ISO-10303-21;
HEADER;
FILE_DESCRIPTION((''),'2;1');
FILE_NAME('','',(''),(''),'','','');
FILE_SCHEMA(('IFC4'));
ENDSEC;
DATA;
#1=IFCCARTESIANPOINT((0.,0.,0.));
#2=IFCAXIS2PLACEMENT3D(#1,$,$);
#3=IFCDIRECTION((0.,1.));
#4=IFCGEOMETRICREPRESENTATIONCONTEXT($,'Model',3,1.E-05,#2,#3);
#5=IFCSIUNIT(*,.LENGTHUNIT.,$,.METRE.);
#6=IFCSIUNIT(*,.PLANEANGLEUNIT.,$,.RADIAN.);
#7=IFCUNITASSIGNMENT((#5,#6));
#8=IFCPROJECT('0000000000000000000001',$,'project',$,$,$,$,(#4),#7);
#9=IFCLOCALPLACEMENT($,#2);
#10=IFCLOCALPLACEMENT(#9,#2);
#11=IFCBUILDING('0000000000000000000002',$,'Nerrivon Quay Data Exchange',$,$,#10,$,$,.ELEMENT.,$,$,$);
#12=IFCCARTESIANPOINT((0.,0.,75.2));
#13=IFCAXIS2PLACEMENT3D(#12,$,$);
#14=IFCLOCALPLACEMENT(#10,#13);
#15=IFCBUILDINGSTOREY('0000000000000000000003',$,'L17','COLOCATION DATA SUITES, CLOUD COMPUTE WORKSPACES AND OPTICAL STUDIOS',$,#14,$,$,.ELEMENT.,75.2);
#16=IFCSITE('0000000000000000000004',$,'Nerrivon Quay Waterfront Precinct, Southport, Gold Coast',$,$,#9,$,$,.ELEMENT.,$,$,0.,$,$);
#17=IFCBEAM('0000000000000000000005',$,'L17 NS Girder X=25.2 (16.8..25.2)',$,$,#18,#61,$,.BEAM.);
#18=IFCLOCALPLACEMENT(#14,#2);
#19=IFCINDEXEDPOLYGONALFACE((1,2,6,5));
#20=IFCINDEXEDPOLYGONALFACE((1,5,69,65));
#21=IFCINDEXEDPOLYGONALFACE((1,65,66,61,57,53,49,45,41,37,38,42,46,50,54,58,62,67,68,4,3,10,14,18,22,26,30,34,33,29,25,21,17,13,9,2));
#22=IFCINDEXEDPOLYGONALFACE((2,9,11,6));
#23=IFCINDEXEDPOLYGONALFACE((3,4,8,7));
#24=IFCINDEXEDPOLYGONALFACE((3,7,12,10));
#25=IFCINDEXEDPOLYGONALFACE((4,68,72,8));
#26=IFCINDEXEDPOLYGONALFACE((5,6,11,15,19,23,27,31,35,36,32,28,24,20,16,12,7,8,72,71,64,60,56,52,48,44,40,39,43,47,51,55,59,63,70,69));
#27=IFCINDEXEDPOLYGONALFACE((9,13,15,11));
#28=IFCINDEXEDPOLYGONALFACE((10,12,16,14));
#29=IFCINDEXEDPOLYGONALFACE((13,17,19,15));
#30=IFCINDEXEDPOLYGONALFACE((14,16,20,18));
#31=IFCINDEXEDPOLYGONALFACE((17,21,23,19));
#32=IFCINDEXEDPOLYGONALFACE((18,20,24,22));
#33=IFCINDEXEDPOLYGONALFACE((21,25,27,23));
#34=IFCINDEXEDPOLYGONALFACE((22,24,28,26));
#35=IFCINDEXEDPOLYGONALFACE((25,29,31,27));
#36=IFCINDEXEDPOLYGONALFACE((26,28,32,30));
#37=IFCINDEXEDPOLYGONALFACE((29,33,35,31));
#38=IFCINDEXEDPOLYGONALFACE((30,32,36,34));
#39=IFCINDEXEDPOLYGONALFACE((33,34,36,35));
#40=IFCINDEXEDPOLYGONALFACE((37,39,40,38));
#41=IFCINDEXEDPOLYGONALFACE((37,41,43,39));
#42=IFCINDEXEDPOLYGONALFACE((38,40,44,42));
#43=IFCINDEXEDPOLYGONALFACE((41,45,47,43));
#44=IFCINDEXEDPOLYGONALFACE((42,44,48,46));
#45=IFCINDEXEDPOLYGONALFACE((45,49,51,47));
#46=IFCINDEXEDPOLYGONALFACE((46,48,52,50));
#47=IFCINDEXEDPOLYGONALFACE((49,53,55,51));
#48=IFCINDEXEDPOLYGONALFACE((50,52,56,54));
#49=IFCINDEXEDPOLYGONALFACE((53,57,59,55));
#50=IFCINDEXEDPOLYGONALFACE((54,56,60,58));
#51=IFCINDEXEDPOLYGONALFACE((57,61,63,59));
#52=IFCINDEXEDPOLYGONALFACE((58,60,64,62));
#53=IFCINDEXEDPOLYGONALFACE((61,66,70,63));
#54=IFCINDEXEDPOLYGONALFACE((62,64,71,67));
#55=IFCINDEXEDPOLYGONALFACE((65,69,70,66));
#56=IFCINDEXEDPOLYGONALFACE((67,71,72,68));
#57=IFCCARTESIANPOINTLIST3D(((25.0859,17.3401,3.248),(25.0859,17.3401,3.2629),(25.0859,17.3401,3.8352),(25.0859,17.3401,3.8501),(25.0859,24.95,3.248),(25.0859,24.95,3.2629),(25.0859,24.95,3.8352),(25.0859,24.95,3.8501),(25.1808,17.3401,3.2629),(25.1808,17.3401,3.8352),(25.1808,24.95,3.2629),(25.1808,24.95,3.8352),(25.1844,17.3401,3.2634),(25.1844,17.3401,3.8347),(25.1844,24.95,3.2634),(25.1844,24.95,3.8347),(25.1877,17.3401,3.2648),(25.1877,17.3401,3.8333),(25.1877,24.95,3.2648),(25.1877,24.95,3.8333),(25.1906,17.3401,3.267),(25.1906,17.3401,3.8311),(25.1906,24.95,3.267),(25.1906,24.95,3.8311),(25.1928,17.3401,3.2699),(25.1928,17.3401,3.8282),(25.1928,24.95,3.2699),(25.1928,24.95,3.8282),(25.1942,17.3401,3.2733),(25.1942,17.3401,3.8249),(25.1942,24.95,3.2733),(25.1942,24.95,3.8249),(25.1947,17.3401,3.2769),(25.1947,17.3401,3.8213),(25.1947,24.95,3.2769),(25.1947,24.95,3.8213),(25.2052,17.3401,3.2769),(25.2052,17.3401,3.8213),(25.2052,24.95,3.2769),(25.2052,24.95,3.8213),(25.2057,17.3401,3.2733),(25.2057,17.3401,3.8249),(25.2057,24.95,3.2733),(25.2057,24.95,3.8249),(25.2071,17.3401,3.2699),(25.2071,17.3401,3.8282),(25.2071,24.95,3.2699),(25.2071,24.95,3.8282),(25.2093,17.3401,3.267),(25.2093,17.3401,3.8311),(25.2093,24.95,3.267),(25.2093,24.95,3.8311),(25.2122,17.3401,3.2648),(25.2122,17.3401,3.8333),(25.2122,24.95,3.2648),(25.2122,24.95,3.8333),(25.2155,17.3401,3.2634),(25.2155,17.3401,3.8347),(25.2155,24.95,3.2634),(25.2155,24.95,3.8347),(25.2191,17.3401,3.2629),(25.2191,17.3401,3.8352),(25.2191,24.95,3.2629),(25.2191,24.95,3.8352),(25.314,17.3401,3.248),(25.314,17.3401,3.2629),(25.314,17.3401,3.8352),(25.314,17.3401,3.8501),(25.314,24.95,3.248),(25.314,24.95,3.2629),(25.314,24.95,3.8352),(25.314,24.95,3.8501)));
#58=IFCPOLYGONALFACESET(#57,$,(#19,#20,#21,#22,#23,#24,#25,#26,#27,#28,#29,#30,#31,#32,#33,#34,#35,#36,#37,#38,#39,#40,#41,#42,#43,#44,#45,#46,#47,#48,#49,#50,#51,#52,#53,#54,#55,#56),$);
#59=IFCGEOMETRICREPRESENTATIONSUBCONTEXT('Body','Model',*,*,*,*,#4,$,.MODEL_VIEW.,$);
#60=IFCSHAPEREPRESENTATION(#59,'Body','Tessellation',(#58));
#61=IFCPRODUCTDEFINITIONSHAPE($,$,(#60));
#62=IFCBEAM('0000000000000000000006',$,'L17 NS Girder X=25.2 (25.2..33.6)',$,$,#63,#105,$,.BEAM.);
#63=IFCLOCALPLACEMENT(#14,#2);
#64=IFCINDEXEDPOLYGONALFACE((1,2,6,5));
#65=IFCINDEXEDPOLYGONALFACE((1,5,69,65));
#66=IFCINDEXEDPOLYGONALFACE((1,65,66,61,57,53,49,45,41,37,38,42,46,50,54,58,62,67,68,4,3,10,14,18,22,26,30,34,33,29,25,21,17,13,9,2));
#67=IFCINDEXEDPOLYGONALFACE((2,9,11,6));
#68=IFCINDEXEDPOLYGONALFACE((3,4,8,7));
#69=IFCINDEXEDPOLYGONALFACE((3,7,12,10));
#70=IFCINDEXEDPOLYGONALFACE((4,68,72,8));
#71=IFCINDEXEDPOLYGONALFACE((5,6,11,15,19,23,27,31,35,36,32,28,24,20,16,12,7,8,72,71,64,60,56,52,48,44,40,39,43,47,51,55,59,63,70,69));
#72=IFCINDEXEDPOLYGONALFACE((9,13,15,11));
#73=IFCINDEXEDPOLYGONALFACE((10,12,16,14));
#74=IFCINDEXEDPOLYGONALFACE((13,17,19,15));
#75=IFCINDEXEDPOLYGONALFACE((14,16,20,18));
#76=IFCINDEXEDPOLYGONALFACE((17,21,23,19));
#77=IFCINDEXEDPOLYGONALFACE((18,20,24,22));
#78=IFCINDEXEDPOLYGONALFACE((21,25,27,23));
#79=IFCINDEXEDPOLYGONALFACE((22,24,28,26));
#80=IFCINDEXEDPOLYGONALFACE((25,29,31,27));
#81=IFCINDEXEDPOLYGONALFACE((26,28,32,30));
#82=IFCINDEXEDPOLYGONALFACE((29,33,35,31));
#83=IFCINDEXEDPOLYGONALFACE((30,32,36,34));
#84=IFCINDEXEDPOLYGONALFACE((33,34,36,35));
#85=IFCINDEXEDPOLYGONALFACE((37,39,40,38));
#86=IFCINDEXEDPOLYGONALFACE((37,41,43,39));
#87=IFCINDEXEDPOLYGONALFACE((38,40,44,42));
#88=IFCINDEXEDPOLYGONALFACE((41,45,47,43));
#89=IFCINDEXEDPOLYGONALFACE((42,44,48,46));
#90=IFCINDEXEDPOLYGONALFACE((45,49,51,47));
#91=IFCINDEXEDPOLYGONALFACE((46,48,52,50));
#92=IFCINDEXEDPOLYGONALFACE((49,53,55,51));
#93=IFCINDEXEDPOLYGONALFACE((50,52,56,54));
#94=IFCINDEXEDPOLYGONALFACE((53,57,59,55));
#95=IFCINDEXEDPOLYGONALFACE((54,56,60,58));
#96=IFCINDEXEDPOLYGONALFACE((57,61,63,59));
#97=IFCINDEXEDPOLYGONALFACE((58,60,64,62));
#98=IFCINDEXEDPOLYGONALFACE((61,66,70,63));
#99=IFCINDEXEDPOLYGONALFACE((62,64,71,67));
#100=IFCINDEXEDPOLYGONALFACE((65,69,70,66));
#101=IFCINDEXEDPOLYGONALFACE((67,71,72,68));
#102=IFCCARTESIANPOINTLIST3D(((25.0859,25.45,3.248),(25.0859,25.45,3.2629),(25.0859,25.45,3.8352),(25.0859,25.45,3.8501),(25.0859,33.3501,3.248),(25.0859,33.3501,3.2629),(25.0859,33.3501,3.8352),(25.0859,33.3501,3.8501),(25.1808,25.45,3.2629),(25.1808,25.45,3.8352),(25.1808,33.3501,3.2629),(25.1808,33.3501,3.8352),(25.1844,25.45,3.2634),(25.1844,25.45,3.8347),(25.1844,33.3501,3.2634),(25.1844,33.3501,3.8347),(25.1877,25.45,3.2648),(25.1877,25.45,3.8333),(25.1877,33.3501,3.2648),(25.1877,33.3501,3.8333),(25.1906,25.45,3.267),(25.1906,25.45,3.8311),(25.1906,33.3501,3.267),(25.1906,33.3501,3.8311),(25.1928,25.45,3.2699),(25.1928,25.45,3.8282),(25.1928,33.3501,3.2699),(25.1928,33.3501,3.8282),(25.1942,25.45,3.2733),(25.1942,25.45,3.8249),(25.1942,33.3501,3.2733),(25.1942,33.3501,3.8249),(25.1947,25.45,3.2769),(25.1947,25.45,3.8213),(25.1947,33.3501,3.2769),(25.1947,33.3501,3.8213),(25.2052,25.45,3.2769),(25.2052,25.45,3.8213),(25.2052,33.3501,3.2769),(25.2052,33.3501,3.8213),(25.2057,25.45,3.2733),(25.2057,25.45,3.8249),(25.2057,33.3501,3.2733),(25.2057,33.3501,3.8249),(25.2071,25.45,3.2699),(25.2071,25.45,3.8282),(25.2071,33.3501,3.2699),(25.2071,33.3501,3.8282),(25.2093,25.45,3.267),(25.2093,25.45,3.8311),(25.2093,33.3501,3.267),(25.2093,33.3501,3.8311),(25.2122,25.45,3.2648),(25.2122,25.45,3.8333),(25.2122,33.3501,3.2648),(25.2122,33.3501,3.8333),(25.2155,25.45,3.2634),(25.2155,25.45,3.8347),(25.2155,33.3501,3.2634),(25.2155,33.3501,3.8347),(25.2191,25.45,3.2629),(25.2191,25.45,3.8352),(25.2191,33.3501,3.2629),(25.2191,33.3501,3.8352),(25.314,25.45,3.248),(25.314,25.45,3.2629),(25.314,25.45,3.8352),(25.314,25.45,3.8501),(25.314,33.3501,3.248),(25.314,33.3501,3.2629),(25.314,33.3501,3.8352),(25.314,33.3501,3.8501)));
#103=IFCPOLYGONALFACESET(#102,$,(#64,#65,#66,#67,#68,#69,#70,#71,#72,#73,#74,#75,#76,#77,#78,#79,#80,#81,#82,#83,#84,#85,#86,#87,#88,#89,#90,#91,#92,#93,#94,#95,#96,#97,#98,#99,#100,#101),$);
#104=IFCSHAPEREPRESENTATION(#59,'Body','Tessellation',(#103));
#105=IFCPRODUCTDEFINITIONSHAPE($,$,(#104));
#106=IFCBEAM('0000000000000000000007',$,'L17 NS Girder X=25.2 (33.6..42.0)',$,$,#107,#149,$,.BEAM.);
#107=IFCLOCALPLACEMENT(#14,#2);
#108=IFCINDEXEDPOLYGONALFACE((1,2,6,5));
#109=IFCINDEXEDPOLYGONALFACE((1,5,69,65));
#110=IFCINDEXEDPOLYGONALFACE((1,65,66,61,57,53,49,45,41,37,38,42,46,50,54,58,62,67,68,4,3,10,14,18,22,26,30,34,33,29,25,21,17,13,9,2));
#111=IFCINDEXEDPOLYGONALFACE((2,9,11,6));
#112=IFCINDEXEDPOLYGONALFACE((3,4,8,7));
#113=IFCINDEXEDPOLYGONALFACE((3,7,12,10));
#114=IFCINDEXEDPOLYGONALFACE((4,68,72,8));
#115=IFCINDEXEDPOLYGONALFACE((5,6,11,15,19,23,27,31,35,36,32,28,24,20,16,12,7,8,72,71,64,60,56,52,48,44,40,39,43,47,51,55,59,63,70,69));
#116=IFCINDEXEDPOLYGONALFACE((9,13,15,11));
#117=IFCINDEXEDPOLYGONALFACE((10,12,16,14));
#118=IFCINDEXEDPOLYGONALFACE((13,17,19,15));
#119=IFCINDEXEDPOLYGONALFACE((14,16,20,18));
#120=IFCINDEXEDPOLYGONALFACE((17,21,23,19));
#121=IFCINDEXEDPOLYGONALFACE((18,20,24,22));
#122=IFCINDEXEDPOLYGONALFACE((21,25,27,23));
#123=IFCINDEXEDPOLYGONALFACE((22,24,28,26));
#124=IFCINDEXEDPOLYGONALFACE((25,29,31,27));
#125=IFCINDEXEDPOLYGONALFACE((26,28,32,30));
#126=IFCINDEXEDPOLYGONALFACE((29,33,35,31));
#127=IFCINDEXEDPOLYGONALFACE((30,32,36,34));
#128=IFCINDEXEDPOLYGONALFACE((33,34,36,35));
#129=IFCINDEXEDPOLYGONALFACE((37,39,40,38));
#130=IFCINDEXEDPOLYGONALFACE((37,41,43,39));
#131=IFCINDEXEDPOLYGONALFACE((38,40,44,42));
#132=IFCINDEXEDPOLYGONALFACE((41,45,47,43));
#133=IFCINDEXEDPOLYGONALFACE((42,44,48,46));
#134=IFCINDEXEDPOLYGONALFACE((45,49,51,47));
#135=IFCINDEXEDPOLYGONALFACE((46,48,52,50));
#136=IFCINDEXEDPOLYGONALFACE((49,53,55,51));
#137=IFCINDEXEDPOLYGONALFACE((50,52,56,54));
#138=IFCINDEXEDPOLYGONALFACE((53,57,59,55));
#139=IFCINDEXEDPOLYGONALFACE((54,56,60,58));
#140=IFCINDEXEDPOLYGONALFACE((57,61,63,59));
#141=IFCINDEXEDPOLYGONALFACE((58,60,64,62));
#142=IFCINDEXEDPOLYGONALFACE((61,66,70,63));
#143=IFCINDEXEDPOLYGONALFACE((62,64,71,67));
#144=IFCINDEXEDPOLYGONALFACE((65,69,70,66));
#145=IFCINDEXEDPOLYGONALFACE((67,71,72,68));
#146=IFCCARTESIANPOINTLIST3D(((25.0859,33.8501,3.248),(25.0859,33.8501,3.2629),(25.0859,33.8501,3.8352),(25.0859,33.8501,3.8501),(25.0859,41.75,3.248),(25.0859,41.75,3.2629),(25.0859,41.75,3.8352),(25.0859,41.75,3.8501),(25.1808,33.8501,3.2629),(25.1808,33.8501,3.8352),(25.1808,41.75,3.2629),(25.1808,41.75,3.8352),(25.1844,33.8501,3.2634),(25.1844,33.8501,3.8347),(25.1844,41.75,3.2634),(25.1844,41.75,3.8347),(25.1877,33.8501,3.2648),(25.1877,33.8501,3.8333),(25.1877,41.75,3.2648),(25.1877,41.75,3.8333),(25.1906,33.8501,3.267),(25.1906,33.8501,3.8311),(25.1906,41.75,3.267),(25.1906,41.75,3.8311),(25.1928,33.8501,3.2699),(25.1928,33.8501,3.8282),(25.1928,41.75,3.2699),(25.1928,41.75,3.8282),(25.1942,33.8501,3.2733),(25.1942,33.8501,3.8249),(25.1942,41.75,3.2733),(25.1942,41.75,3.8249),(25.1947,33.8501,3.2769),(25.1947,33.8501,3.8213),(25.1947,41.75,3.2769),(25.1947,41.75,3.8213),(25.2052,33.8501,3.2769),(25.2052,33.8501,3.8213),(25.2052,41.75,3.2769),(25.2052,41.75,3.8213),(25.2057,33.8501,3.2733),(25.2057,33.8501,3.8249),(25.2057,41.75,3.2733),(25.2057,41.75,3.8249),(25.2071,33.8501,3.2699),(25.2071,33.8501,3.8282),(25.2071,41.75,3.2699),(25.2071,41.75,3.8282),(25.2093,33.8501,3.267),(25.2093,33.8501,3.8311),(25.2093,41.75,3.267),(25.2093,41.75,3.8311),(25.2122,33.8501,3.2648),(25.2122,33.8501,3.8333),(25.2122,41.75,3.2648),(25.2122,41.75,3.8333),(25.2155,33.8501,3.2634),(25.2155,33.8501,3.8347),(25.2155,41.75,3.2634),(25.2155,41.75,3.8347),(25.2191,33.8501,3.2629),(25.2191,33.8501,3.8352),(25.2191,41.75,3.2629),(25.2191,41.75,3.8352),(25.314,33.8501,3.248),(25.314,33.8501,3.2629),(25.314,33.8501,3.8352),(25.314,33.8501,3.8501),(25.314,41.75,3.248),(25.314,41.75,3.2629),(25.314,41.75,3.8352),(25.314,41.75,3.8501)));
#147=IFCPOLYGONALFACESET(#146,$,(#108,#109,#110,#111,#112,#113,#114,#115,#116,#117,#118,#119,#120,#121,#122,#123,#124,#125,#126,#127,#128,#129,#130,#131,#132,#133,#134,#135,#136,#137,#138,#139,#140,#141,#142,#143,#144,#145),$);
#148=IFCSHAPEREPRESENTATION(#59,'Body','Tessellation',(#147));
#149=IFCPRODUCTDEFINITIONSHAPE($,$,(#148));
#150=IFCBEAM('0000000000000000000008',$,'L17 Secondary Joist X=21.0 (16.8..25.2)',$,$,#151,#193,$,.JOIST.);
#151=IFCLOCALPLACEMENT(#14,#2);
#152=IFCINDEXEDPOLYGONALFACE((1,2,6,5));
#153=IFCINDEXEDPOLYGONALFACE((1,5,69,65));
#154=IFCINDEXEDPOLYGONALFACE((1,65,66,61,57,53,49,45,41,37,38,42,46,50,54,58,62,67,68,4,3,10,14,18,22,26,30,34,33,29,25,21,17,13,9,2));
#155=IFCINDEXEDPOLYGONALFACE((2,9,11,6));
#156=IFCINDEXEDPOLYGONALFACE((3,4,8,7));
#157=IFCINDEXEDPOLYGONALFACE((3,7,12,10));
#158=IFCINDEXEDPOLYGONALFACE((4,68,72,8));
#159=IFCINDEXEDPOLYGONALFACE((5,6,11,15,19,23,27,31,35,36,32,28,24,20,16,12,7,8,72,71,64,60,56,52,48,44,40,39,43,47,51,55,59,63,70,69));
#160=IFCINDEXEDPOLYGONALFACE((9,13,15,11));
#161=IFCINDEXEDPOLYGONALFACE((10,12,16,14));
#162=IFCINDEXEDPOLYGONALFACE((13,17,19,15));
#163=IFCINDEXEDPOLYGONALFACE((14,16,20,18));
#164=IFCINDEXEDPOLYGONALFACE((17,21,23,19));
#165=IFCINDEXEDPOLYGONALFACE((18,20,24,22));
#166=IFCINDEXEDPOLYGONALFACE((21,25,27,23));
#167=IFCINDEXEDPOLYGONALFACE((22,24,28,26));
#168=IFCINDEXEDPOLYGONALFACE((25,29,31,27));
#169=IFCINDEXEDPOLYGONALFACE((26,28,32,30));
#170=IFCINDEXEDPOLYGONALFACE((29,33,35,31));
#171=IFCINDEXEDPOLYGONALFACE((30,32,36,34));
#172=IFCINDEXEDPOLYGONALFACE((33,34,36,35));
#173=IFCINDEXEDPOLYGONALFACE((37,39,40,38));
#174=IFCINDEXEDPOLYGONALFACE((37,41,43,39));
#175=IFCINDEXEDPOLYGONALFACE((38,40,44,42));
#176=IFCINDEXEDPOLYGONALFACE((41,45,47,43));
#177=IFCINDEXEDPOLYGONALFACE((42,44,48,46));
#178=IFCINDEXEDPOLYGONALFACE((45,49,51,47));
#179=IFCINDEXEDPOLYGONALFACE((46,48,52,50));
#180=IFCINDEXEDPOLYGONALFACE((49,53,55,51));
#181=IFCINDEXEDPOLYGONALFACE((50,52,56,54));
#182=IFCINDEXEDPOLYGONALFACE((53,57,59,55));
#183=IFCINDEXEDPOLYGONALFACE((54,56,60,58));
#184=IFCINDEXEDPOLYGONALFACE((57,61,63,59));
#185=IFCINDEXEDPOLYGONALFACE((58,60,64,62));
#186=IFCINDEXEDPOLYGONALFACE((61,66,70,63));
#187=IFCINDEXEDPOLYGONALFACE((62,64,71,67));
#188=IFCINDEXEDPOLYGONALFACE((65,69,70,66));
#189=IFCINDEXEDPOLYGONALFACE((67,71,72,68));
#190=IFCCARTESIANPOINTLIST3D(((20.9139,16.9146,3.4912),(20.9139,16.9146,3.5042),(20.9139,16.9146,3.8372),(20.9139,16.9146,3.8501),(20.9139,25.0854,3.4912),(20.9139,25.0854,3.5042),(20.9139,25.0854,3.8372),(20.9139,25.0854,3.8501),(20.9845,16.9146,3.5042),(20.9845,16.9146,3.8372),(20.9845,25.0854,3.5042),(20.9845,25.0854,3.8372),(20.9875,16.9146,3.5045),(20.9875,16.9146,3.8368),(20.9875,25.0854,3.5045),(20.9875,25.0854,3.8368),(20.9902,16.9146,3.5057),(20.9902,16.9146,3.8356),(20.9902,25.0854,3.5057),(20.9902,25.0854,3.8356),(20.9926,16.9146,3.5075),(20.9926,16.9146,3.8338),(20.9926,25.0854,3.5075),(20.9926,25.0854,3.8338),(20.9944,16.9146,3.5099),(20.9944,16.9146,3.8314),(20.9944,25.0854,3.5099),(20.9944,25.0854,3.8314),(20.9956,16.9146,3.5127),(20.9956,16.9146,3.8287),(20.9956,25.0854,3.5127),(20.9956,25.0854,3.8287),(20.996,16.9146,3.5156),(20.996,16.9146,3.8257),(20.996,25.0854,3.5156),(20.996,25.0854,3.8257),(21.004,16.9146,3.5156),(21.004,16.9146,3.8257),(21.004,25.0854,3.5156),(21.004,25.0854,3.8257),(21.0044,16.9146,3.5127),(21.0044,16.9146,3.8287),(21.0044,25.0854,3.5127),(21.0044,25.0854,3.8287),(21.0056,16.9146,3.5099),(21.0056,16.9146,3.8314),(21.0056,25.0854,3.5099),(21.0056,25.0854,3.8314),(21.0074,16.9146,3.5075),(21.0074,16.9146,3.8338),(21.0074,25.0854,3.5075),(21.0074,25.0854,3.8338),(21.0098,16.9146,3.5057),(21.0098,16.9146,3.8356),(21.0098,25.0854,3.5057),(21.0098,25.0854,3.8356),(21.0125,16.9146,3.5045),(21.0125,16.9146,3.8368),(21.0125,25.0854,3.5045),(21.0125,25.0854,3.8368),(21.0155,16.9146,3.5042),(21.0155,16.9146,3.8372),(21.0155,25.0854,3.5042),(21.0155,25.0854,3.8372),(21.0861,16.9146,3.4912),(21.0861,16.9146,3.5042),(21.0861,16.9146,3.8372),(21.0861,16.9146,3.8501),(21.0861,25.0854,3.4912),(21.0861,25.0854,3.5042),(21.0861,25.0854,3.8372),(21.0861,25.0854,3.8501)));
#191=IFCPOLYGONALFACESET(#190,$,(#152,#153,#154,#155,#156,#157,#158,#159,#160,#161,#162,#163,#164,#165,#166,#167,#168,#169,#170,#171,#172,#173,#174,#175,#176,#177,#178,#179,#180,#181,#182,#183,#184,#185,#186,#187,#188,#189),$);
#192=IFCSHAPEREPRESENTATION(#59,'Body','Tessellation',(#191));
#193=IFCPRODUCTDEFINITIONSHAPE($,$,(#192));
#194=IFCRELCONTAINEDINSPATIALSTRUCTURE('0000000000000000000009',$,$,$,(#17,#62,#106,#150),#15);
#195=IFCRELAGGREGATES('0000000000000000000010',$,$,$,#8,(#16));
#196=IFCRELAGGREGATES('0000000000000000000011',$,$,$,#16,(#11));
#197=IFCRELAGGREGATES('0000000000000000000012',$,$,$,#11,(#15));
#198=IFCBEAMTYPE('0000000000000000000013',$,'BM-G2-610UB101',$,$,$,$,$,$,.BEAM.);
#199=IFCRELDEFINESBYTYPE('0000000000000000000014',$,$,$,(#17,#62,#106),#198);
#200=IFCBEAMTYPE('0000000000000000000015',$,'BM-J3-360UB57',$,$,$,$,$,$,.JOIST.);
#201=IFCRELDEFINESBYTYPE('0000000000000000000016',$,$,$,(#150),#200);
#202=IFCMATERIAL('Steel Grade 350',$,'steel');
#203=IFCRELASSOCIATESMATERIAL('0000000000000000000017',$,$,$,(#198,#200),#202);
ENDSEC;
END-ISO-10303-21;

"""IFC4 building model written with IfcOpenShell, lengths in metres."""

from ifc_helpers import new_model, si_unit, direction, frame, origin, origin_2d, place, context, subcontext, project, spatial, i_section, extrude, material, material_profile, profile_set, type_object, element, save


model = new_model("IFC4")

# Units and contexts
model_context = context("Model", 3, precision=1e-05, world=origin(), true_north=direction((0.0, 1.0)))
body_context = subcontext(model_context, "Body", "Model", "MODEL_VIEW")
ifc_project = project(units=[si_unit("LENGTHUNIT", "METRE"), si_unit("PLANEANGLEUNIT", "RADIAN")], contexts=[model_context])

# Site, building, storey
site_placement = place(None, origin())
site = spatial("IfcSite", under=ifc_project, at=site_placement, Name="Nerrivon Quay Waterfront Precinct, Southport, Gold Coast", CompositionType="ELEMENT", RefElevation=0.0)
building_placement = place(site_placement, origin())
building = spatial("IfcBuilding", under=site, at=building_placement, Name="Nerrivon Quay Data Exchange", CompositionType="ELEMENT")
storey_placement = place(building_placement, frame((0.0, 0.0, 75.2)))
storey = spatial("IfcBuildingStorey", under=building, at=storey_placement, Name="L17", Description="COLOCATION DATA SUITES, CLOUD COMPUTE WORKSPACES AND OPTICAL STUDIOS", CompositionType="ELEMENT", Elevation=75.2)

# Shared definitions
ifc_material_1 = material(Name="Steel Grade 350", Category="steel")

# Beams
ifc_material_profile_1 = material_profile(ifc_material_1, i_section(OverallWidth=0.228, OverallDepth=0.6021, WebThickness=0.0105, FlangeThickness=0.0149, FilletRadius=0.0139, at=origin_2d()), Name="610UB101")
ifc_profile_set_1 = profile_set([ifc_material_profile_1], Name="Steel Grade 350")
beam_type_1 = type_object("IfcBeamType", Name="BM-G2-610UB101", PredefinedType="BEAM", material=ifc_profile_set_1)
beam_1_placement = place(storey_placement, frame((25.2, 17.3401, 3.5491), z_axis=(0.0, 1.0, 0.0), x_axis=(-1.0, 0.0, 0.0)))
element("IfcBeam", 1, at=beam_1_placement, inside=storey, type_object=beam_type_1, Name="L17 NS Girder X=25.2 (16.8..25.2)", PredefinedType="BEAM", context=body_context, shape_type="SweptSolid", body=[
    extrude(i_section(OverallWidth=0.228, OverallDepth=0.6021, WebThickness=0.0105, FlangeThickness=0.0149, FilletRadius=0.0139, at=origin_2d()), origin(), (0.0, 0.0, 1.0), 7.6099),
])
beam_2_placement = place(storey_placement, frame((25.2, 25.45, 3.5491), z_axis=(0.0, 1.0, 0.0), x_axis=(-1.0, 0.0, 0.0)))
element("IfcBeam", 2, at=beam_2_placement, inside=storey, type_object=beam_type_1, Name="L17 NS Girder X=25.2 (25.2..33.6)", PredefinedType="BEAM", context=body_context, shape_type="SweptSolid", body=[
    extrude(i_section(OverallWidth=0.228, OverallDepth=0.6021, WebThickness=0.0105, FlangeThickness=0.0149, FilletRadius=0.0139, at=origin_2d()), origin(), (0.0, 0.0, 1.0), 7.9001),
])
beam_3_placement = place(storey_placement, frame((25.2, 33.8501, 3.5491), z_axis=(0.0, 1.0, 0.0), x_axis=(-1.0, 0.0, 0.0)))
element("IfcBeam", 3, at=beam_3_placement, inside=storey, type_object=beam_type_1, Name="L17 NS Girder X=25.2 (33.6..42.0)", PredefinedType="BEAM", context=body_context, shape_type="SweptSolid", body=[
    extrude(i_section(OverallWidth=0.228, OverallDepth=0.6021, WebThickness=0.0105, FlangeThickness=0.0149, FilletRadius=0.0139, at=origin_2d()), origin(), (0.0, 0.0, 1.0), 7.8999),
])
ifc_material_profile_2 = material_profile(ifc_material_1, i_section(OverallWidth=0.1721, OverallDepth=0.3589, WebThickness=0.0081, FlangeThickness=0.0129, FilletRadius=0.0115, at=origin_2d()), Name="360UB56.7")
ifc_profile_set_2 = profile_set([ifc_material_profile_2], Name="Steel Grade 350")
beam_type_2 = type_object("IfcBeamType", Name="BM-J3-360UB57", PredefinedType="JOIST", material=ifc_profile_set_2)
beam_4_placement = place(storey_placement, frame((21.0, 16.9146, 3.6707), z_axis=(0.0, 1.0, 0.0), x_axis=(-1.0, 0.0, 0.0)))
element("IfcBeam", 4, at=beam_4_placement, inside=storey, type_object=beam_type_2, Name="L17 Secondary Joist X=21.0 (16.8..25.2)", PredefinedType="JOIST", context=body_context, shape_type="SweptSolid", body=[
    extrude(i_section(OverallWidth=0.1721, OverallDepth=0.3589, WebThickness=0.0081, FlangeThickness=0.0129, FilletRadius=0.0115, at=origin_2d()), origin(), (0.0, 0.0, 1.0), 8.1709),
])

save(model, "model.ifc")
